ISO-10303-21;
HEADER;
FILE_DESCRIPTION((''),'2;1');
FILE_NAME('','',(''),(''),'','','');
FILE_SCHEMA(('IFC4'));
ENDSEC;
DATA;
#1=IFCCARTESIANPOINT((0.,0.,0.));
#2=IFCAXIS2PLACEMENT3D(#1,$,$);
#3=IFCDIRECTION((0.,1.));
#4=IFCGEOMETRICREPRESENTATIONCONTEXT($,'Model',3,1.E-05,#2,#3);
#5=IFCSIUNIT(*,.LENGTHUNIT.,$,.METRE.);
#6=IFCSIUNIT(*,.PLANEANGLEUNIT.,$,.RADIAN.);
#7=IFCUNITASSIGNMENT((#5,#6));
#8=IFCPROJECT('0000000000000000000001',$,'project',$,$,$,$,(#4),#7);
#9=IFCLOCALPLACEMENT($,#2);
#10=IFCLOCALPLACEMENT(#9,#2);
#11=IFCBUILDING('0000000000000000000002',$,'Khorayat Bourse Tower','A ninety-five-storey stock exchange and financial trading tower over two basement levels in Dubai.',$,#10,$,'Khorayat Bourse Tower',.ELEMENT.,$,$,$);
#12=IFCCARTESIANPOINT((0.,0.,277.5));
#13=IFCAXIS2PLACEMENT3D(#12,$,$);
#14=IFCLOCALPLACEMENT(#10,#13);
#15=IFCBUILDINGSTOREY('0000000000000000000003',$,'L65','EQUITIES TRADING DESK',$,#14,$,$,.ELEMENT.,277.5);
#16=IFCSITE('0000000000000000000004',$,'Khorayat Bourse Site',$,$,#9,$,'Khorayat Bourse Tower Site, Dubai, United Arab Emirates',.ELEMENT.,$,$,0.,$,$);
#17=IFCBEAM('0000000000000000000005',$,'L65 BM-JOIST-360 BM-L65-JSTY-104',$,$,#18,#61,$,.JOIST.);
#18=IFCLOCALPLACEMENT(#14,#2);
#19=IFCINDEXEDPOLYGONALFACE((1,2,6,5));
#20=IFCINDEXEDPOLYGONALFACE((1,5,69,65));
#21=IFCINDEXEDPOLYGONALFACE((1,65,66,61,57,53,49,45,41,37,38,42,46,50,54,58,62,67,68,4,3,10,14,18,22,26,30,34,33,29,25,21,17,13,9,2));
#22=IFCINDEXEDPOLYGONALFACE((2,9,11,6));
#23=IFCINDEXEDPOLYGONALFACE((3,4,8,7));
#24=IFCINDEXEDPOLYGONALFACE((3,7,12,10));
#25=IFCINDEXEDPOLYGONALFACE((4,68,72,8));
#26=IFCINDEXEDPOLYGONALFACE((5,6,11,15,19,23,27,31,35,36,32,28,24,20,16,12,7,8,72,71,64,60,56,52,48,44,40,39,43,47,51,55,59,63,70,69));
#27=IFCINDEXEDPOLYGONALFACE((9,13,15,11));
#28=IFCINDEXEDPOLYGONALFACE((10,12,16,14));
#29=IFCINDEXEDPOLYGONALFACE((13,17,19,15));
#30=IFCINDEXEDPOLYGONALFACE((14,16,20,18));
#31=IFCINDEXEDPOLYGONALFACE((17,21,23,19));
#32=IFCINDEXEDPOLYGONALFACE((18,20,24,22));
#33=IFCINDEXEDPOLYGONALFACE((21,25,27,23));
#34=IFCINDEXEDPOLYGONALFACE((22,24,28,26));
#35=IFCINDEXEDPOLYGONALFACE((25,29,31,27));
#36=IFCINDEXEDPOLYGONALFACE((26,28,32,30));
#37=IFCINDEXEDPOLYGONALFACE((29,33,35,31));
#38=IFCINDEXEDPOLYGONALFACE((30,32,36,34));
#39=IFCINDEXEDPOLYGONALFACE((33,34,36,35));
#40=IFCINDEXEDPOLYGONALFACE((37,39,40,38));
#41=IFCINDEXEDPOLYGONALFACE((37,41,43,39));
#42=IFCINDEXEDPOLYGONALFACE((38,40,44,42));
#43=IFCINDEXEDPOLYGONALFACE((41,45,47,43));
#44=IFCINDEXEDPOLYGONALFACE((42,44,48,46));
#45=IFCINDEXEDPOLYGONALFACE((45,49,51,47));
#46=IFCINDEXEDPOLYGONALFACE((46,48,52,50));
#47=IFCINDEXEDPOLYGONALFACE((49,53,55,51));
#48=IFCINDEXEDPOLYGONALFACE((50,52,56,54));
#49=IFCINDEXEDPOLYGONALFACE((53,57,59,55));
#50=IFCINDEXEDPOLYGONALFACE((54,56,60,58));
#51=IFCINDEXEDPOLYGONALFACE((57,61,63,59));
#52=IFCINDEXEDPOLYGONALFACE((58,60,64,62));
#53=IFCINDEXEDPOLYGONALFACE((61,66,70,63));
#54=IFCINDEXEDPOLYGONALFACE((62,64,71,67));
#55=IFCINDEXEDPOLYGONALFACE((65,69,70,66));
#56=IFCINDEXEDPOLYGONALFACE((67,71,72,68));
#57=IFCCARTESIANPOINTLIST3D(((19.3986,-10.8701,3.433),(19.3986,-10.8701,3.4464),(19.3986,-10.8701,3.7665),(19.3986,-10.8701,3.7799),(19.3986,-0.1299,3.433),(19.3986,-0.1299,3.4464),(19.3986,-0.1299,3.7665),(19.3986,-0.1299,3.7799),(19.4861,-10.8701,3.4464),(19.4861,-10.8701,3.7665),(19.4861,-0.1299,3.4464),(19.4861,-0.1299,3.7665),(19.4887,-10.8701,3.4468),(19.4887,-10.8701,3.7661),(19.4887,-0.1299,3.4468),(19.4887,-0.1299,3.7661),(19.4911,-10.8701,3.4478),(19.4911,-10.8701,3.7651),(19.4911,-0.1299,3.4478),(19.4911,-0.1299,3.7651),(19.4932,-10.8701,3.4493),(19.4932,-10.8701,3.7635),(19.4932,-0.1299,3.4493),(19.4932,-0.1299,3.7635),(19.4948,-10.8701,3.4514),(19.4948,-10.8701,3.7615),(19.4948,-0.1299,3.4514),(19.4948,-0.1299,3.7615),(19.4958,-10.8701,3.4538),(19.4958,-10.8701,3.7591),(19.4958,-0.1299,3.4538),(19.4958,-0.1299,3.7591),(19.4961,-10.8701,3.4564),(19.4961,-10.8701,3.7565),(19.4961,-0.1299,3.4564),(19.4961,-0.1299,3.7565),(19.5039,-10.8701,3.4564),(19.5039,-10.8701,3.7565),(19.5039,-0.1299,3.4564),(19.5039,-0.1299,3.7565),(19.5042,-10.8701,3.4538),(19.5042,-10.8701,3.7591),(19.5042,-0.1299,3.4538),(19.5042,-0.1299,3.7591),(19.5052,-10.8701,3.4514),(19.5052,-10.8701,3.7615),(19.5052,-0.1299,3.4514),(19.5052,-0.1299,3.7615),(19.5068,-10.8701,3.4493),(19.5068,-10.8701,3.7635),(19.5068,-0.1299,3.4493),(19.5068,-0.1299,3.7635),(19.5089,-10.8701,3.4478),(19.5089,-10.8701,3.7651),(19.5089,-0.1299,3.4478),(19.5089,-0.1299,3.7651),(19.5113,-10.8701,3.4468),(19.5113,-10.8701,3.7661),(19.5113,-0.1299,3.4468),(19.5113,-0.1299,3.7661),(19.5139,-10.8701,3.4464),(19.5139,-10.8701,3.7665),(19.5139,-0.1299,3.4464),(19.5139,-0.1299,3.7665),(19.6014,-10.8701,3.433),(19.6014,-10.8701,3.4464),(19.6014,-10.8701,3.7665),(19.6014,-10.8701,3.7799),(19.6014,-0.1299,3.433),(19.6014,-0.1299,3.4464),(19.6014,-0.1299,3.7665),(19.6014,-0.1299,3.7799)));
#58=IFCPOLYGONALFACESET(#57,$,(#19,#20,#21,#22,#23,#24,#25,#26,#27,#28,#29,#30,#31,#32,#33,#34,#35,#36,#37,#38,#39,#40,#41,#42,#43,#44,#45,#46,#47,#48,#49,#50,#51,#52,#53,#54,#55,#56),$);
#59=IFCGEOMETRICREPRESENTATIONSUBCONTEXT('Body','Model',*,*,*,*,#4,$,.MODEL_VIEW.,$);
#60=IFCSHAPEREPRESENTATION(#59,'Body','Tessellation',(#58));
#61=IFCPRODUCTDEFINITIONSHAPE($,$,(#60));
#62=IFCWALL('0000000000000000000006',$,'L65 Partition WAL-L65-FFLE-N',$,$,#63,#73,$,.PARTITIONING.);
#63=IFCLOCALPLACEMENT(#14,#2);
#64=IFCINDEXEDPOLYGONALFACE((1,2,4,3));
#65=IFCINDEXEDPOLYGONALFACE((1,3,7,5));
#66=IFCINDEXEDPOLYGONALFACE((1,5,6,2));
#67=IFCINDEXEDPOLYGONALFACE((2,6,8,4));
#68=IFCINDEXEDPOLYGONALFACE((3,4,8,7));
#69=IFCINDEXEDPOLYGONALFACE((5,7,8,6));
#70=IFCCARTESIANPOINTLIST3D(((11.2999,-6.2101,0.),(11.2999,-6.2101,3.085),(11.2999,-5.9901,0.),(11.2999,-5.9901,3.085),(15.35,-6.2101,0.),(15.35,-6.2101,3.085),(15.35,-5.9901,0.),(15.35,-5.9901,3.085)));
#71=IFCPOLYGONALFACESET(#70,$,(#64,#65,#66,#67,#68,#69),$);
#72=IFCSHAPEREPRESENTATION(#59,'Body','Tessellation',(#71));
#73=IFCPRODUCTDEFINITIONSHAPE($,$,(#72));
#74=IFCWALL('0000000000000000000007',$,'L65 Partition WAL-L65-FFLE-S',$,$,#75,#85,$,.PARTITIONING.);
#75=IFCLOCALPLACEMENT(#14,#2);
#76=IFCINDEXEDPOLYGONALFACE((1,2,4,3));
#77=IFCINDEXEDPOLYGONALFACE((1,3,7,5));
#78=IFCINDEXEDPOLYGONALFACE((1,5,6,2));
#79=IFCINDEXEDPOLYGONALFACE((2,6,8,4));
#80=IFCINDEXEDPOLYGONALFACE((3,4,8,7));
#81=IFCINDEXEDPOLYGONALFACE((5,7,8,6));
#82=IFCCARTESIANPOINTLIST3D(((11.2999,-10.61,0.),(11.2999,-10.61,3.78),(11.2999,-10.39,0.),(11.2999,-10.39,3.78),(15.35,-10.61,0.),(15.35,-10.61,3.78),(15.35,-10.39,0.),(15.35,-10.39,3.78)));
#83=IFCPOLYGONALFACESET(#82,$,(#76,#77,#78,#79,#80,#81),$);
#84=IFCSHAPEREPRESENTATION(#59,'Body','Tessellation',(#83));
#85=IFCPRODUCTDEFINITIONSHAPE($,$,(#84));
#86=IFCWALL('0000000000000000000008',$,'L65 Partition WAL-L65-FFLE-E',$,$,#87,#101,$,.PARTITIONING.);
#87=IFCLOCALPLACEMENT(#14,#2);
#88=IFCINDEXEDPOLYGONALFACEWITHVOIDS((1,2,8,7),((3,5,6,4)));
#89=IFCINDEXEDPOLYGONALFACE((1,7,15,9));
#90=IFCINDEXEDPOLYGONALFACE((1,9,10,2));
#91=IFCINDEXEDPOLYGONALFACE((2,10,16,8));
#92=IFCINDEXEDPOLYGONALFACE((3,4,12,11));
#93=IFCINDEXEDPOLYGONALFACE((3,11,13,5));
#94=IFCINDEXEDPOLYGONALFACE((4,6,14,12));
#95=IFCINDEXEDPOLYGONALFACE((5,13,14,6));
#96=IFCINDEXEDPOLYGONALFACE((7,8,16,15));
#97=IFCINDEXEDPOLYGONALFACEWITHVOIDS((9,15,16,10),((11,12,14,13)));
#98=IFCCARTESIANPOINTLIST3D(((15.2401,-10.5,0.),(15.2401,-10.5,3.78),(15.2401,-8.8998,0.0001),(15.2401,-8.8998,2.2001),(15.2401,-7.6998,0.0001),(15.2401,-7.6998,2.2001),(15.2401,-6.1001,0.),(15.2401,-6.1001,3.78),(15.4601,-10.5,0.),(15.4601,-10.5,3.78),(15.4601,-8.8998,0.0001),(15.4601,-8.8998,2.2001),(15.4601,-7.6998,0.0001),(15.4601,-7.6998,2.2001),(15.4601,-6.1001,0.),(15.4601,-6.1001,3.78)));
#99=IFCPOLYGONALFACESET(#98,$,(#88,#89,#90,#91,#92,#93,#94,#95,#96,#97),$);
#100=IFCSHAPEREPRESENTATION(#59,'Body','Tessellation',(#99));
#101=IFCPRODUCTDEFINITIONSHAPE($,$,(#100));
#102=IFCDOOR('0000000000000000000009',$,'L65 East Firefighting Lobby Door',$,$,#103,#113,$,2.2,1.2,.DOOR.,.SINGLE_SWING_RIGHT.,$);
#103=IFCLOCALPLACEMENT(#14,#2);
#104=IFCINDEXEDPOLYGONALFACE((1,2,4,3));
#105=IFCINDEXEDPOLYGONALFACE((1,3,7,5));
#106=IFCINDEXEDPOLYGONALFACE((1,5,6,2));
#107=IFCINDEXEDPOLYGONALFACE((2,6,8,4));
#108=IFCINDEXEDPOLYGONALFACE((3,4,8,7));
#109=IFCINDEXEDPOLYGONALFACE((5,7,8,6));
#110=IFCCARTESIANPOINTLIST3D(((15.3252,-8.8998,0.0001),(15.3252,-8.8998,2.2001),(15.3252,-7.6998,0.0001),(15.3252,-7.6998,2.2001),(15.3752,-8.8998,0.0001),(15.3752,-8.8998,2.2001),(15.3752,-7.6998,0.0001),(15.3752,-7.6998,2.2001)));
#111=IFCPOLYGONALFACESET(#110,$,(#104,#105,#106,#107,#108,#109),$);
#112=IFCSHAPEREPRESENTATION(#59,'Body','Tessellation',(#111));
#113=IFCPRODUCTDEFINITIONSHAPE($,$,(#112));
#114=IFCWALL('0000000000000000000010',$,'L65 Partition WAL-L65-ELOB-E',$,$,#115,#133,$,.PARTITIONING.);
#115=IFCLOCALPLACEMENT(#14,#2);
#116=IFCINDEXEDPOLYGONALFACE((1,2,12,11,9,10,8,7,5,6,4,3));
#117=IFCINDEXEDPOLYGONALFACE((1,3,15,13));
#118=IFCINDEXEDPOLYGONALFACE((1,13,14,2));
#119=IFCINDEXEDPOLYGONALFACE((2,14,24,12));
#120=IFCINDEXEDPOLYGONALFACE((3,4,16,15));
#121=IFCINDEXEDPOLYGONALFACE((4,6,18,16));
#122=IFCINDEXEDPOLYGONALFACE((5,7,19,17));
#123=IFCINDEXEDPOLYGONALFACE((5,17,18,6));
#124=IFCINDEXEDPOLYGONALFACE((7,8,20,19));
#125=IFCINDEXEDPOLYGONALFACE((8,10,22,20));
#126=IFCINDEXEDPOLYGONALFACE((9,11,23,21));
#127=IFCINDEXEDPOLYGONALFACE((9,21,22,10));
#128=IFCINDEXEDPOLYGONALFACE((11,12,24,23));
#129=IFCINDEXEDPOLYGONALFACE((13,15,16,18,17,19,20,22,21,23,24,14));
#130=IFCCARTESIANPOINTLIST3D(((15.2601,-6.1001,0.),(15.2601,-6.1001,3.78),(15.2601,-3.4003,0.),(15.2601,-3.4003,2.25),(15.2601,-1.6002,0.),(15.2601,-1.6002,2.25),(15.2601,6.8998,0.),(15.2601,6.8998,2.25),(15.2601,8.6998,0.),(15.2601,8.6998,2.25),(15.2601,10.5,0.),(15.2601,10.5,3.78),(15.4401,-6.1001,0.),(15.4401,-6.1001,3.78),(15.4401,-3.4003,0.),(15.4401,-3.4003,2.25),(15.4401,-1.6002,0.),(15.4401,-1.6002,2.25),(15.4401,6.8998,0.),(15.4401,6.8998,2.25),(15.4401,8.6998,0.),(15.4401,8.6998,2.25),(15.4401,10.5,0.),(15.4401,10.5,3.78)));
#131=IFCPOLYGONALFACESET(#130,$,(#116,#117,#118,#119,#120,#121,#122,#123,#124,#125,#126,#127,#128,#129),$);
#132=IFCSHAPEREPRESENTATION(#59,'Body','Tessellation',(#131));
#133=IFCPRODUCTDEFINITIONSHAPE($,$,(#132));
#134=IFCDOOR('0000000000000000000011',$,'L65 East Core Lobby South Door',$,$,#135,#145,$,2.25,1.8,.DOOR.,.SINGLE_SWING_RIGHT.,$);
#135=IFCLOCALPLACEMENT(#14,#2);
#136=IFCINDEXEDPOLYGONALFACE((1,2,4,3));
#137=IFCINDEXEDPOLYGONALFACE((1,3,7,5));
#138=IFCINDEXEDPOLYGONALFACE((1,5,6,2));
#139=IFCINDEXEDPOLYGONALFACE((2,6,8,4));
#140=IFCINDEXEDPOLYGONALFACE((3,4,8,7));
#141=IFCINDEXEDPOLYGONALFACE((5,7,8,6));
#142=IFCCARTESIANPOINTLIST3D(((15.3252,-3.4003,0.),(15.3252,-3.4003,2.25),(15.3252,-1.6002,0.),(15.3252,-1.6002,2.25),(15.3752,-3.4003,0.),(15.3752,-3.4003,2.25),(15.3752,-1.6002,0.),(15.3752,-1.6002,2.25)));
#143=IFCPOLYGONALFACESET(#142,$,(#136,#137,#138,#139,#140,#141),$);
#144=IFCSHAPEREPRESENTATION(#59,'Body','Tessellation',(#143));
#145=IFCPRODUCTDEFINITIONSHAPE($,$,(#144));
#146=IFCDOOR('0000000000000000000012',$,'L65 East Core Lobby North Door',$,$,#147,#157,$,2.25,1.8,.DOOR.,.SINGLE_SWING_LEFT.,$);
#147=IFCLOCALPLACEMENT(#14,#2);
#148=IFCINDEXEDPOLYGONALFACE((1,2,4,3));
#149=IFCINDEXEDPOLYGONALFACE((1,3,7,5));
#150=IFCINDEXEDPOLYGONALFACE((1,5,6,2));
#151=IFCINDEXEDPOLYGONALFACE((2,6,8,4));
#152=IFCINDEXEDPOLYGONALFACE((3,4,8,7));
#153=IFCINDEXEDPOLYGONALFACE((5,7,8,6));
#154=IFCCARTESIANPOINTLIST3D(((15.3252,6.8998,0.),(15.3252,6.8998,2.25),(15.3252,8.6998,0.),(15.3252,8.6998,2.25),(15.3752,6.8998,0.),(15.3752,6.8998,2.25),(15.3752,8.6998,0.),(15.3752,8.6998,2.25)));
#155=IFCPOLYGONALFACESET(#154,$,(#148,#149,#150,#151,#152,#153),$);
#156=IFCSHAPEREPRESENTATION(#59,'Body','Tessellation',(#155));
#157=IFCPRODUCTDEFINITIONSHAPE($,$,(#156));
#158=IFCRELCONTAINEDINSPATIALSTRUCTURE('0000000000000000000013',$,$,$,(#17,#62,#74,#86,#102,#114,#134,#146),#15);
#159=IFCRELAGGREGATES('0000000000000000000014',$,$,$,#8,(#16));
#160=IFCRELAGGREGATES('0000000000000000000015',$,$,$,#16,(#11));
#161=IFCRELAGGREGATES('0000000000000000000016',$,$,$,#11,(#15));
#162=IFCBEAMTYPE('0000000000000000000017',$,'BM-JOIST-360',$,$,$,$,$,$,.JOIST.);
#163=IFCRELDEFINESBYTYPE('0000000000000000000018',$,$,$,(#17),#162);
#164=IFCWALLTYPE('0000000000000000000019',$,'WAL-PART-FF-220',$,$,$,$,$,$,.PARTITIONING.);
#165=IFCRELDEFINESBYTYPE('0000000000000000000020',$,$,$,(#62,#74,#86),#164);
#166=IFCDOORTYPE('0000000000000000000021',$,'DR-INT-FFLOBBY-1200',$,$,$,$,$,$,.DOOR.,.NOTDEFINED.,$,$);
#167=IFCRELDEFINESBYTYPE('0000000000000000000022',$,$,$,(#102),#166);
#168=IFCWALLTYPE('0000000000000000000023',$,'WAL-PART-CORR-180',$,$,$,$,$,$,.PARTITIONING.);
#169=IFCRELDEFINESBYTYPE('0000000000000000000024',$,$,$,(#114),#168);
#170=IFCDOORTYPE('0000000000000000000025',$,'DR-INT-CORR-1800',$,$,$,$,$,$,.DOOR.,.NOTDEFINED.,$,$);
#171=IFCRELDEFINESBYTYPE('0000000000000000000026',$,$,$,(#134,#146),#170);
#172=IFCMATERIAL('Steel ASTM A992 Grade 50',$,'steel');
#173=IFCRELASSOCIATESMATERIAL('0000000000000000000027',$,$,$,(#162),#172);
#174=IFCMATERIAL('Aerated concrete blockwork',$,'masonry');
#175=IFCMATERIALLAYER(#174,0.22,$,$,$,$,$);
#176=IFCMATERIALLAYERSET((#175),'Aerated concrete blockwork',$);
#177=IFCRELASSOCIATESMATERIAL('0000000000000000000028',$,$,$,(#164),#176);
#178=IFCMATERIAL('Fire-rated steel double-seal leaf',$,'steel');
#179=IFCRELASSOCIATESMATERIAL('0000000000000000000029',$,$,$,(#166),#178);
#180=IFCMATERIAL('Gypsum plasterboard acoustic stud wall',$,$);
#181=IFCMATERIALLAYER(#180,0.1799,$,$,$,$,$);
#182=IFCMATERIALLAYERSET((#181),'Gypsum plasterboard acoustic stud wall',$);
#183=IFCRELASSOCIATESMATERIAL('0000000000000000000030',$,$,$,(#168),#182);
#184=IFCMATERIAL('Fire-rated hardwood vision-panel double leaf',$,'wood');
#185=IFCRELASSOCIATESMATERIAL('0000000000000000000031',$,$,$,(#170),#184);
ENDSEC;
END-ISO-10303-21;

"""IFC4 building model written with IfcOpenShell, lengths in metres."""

from ifc_helpers import new_model, si_unit, direction, frame, frame_2d, origin, origin_2d, place, context, subcontext, project, spatial, rectangle, i_section, extrude, source, transform, mapped, material, layer, layer_set, material_profile, profile_set, type_object, element, fill, save


model = new_model("IFC4")

# Units and contexts
model_context = context("Model", 3, precision=1e-05, world=origin(), true_north=direction((0.0, 1.0)))
body_context = subcontext(model_context, "Body", "Model", "MODEL_VIEW")
ifc_project = project(units=[si_unit("LENGTHUNIT", "METRE"), si_unit("PLANEANGLEUNIT", "RADIAN")], contexts=[model_context])

# Site, building, storey
site_placement = place(None, origin())
site = spatial("IfcSite", under=ifc_project, at=site_placement, Name="Khorayat Bourse Site", LongName="Khorayat Bourse Tower Site, Dubai, United Arab Emirates", CompositionType="ELEMENT", RefElevation=0.0)
building_placement = place(site_placement, origin())
building = spatial("IfcBuilding", under=site, at=building_placement, Name="Khorayat Bourse Tower", Description="A ninety-five-storey stock exchange and financial trading tower over two basement levels in Dubai.", LongName="Khorayat Bourse Tower", CompositionType="ELEMENT")
storey_placement = place(building_placement, frame((0.0, 0.0, 277.5)))
storey = spatial("IfcBuildingStorey", under=building, at=storey_placement, Name="L65", Description="EQUITIES TRADING DESK", CompositionType="ELEMENT", Elevation=277.5)

# Beam
ifc_material_1 = material(Name="Steel ASTM A992 Grade 50", Category="steel")
ifc_material_profile_1 = material_profile(ifc_material_1, i_section(OverallWidth=0.2029, OverallDepth=0.3469, WebThickness=0.0078, FlangeThickness=0.0134, FilletRadius=0.01, at=origin_2d()), Name="W360X64")
ifc_profile_set_1 = profile_set([ifc_material_profile_1], Name="Steel ASTM A992 Grade 50")
beam_type_1 = type_object("IfcBeamType", Name="BM-JOIST-360", PredefinedType="JOIST", material=ifc_profile_set_1)
shared_shape_1 = source(origin(), body_context, "Body", "SweptSolid", [
    extrude(i_section(OverallWidth=0.2029, OverallDepth=0.3469, WebThickness=0.0078, FlangeThickness=0.0134, FilletRadius=0.01, at=origin_2d()), origin(), (0.0, 0.0, 1.0), 10.7402),
])
beam_1_placement = place(storey_placement, frame((19.5, -10.8701, 3.6064), z_axis=(0.0, 1.0, 0.0), x_axis=(-1.0, 0.0, 0.0)))
element("IfcBeam", 1, at=beam_1_placement, inside=storey, type_object=beam_type_1, Name="L65 BM-JOIST-360 BM-L65-JSTY-104", PredefinedType="JOIST", context=body_context, shape_type="MappedRepresentation", body=[
    mapped(shared_shape_1, transform((0.0, 0.0, 0.0), scale=1.0)),
])

# Walls
ifc_material_2 = material(Name="Aerated concrete blockwork", Category="masonry")
ifc_layer_1 = layer(ifc_material_2, 0.22)
ifc_layer_set_1 = layer_set([ifc_layer_1], Name="Aerated concrete blockwork")
wall_type_1 = type_object("IfcWallType", Name="WAL-PART-FF-220", PredefinedType="PARTITIONING", material=ifc_layer_set_1)
shared_shape_2 = source(origin(), body_context, "Body", "SweptSolid", [
    extrude(rectangle(XDim=4.05, YDim=0.22, at=frame_2d((2.0249, 0.0))), origin(), (0.0, 0.0, 1.0), 3.085),
])
wall_1_placement = place(storey_placement, frame((11.3, -6.1001, 0.0), z_axis=(0.0, 0.0, 1.0), x_axis=(1.0, 0.0, 0.0)))
element("IfcWall", 2, at=wall_1_placement, inside=storey, type_object=wall_type_1, Name="L65 Partition WAL-L65-FFLE-N", PredefinedType="PARTITIONING", context=body_context, shape_type="MappedRepresentation", body=[
    mapped(shared_shape_2, transform((0.0, 0.0, 0.0), scale=1.0)),
])
shared_shape_3 = source(origin(), body_context, "Body", "SweptSolid", [
    extrude(rectangle(XDim=4.05, YDim=0.22, at=frame_2d((2.0249, 0.0))), origin(), (0.0, 0.0, 1.0), 3.78),
])
wall_2_placement = place(storey_placement, frame((11.3, -10.5, 0.0), z_axis=(0.0, 0.0, 1.0), x_axis=(1.0, 0.0, 0.0)))
element("IfcWall", 3, at=wall_2_placement, inside=storey, type_object=wall_type_1, Name="L65 Partition WAL-L65-FFLE-S", PredefinedType="PARTITIONING", context=body_context, shape_type="MappedRepresentation", body=[
    mapped(shared_shape_3, transform((0.0, 0.0, 0.0), scale=1.0)),
])

# Wall, opening, door
shared_shape_4 = source(origin(), body_context, "Body", "SweptSolid", [
    extrude(rectangle(XDim=4.3999, YDim=0.22, at=frame_2d((2.2, 0.0))), origin(), (0.0, 0.0, 1.0), 3.78),
])
wall_3_placement = place(storey_placement, frame((15.3501, -10.5, 0.0), z_axis=(0.0, 0.0, 1.0), x_axis=(0.0, 1.0, 0.0)))
wall_3 = element("IfcWall", 4, at=wall_3_placement, inside=storey, type_object=wall_type_1, Name="L65 Partition WAL-L65-FFLE-E", PredefinedType="PARTITIONING", context=body_context, shape_type="MappedRepresentation", body=[
    mapped(shared_shape_4, transform((0.0, 0.0, 0.0), scale=1.0)),
])
shared_shape_5 = source(origin(), body_context, "Body", "SweptSolid", [
    extrude(rectangle(XDim=1.2, YDim=2.2, at=frame_2d((0.6001, 1.1001))), frame((0.0, 0.1199, 0.0), z_axis=(0.0, -1.0, 0.0), x_axis=(1.0, 0.0, 0.0)), (0.0, 0.0, 1.0), 0.24),
])
opening_1_placement = place(wall_3_placement, frame((1.6001, 0.0, 0.0)))
opening_1 = element("IfcOpeningElement", 5, at=opening_1_placement, cuts=wall_3, PredefinedType="OPENING", context=body_context, shape_type="MappedRepresentation", body=[
    mapped(shared_shape_5, transform((0.0, 0.0, 0.0), scale=1.0)),
])
ifc_material_3 = material(Name="Fire-rated steel double-seal leaf", Category="steel")
door_type_1 = type_object("IfcDoorType", Name="DR-INT-FFLOBBY-1200", OperationType="NOTDEFINED", PredefinedType="DOOR", material=ifc_material_3)
shared_shape_6 = source(origin(), body_context, "Body", "SweptSolid", [
    extrude(rectangle(XDim=1.2, YDim=2.2, at=frame_2d((0.6001, 1.1001))), frame((0.0, 0.0249, 0.0), z_axis=(0.0, -1.0, 0.0), x_axis=(1.0, 0.0, 0.0)), (0.0, 0.0, 1.0), 0.05),
])
door_1_placement = place(opening_1_placement, origin())
door_1 = element("IfcDoor", 6, at=door_1_placement, inside=storey, type_object=door_type_1, Name="L65 East Firefighting Lobby Door", OperationType="SINGLE_SWING_RIGHT", OverallHeight=2.2, OverallWidth=1.2, PredefinedType="DOOR", context=body_context, shape_type="MappedRepresentation", body=[
    mapped(shared_shape_6, transform((0.0, 0.0, 0.0), scale=1.0)),
])
fill(opening_1, door_1)

# Wall, openings, doors
ifc_material_4 = material(Name="Gypsum plasterboard acoustic stud wall")
ifc_layer_2 = layer(ifc_material_4, 0.1799)
ifc_layer_set_2 = layer_set([ifc_layer_2], Name="Gypsum plasterboard acoustic stud wall")
wall_type_2 = type_object("IfcWallType", Name="WAL-PART-CORR-180", PredefinedType="PARTITIONING", material=ifc_layer_set_2)
shared_shape_7 = source(origin(), body_context, "Body", "SweptSolid", [
    extrude(rectangle(XDim=16.6001, YDim=0.1799, at=frame_2d((8.3, 0.0))), origin(), (0.0, 0.0, 1.0), 3.78),
])
wall_4_placement = place(storey_placement, frame((15.3501, -6.1001, 0.0), z_axis=(0.0, 0.0, 1.0), x_axis=(0.0, 1.0, 0.0)))
wall_4 = element("IfcWall", 7, at=wall_4_placement, inside=storey, type_object=wall_type_2, Name="L65 Partition WAL-L65-ELOB-E", PredefinedType="PARTITIONING", context=body_context, shape_type="MappedRepresentation", body=[
    mapped(shared_shape_7, transform((0.0, 0.0, 0.0), scale=1.0)),
])
shared_shape_8 = source(origin(), body_context, "Body", "SweptSolid", [
    extrude(rectangle(XDim=1.8, YDim=2.25, at=frame_2d((0.8999, 1.125))), frame((0.0, 0.0999, 0.0), z_axis=(0.0, -1.0, 0.0), x_axis=(1.0, 0.0, 0.0)), (0.0, 0.0, 1.0), 0.2),
])
opening_2_placement = place(wall_4_placement, frame((2.7, 0.0, 0.0)))
opening_2 = element("IfcOpeningElement", 8, at=opening_2_placement, cuts=wall_4, PredefinedType="OPENING", context=body_context, shape_type="MappedRepresentation", body=[
    mapped(shared_shape_8, transform((0.0, 0.0, 0.0), scale=1.0)),
])
opening_3_placement = place(wall_4_placement, frame((13.0, 0.0, 0.0)))
opening_3 = element("IfcOpeningElement", 9, at=opening_3_placement, cuts=wall_4, PredefinedType="OPENING", context=body_context, shape_type="MappedRepresentation", body=[
    mapped(shared_shape_8, transform((0.0, 0.0, 0.0), scale=1.0)),
])
ifc_material_5 = material(Name="Fire-rated hardwood vision-panel double leaf", Category="wood")
door_type_2 = type_object("IfcDoorType", Name="DR-INT-CORR-1800", OperationType="NOTDEFINED", PredefinedType="DOOR", material=ifc_material_5)
shared_shape_9 = source(origin(), body_context, "Body", "SweptSolid", [
    extrude(rectangle(XDim=1.8, YDim=2.25, at=frame_2d((0.8999, 1.125))), frame((0.0, 0.0249, 0.0), z_axis=(0.0, -1.0, 0.0), x_axis=(1.0, 0.0, 0.0)), (0.0, 0.0, 1.0), 0.05),
])
door_2_placement = place(opening_2_placement, origin())
door_2 = element("IfcDoor", 10, at=door_2_placement, inside=storey, type_object=door_type_2, Name="L65 East Core Lobby South Door", OperationType="SINGLE_SWING_RIGHT", OverallHeight=2.25, OverallWidth=1.8, PredefinedType="DOOR", context=body_context, shape_type="MappedRepresentation", body=[
    mapped(shared_shape_9, transform((0.0, 0.0, 0.0), scale=1.0)),
])
fill(opening_2, door_2)
door_3_placement = place(opening_3_placement, origin())
door_3 = element("IfcDoor", 11, at=door_3_placement, inside=storey, type_object=door_type_2, Name="L65 East Core Lobby North Door", OperationType="SINGLE_SWING_LEFT", OverallHeight=2.25, OverallWidth=1.8, PredefinedType="DOOR", context=body_context, shape_type="MappedRepresentation", body=[
    mapped(shared_shape_9, transform((0.0, 0.0, 0.0), scale=1.0)),
])
fill(opening_3, door_3)

save(model, "model.ifc")
